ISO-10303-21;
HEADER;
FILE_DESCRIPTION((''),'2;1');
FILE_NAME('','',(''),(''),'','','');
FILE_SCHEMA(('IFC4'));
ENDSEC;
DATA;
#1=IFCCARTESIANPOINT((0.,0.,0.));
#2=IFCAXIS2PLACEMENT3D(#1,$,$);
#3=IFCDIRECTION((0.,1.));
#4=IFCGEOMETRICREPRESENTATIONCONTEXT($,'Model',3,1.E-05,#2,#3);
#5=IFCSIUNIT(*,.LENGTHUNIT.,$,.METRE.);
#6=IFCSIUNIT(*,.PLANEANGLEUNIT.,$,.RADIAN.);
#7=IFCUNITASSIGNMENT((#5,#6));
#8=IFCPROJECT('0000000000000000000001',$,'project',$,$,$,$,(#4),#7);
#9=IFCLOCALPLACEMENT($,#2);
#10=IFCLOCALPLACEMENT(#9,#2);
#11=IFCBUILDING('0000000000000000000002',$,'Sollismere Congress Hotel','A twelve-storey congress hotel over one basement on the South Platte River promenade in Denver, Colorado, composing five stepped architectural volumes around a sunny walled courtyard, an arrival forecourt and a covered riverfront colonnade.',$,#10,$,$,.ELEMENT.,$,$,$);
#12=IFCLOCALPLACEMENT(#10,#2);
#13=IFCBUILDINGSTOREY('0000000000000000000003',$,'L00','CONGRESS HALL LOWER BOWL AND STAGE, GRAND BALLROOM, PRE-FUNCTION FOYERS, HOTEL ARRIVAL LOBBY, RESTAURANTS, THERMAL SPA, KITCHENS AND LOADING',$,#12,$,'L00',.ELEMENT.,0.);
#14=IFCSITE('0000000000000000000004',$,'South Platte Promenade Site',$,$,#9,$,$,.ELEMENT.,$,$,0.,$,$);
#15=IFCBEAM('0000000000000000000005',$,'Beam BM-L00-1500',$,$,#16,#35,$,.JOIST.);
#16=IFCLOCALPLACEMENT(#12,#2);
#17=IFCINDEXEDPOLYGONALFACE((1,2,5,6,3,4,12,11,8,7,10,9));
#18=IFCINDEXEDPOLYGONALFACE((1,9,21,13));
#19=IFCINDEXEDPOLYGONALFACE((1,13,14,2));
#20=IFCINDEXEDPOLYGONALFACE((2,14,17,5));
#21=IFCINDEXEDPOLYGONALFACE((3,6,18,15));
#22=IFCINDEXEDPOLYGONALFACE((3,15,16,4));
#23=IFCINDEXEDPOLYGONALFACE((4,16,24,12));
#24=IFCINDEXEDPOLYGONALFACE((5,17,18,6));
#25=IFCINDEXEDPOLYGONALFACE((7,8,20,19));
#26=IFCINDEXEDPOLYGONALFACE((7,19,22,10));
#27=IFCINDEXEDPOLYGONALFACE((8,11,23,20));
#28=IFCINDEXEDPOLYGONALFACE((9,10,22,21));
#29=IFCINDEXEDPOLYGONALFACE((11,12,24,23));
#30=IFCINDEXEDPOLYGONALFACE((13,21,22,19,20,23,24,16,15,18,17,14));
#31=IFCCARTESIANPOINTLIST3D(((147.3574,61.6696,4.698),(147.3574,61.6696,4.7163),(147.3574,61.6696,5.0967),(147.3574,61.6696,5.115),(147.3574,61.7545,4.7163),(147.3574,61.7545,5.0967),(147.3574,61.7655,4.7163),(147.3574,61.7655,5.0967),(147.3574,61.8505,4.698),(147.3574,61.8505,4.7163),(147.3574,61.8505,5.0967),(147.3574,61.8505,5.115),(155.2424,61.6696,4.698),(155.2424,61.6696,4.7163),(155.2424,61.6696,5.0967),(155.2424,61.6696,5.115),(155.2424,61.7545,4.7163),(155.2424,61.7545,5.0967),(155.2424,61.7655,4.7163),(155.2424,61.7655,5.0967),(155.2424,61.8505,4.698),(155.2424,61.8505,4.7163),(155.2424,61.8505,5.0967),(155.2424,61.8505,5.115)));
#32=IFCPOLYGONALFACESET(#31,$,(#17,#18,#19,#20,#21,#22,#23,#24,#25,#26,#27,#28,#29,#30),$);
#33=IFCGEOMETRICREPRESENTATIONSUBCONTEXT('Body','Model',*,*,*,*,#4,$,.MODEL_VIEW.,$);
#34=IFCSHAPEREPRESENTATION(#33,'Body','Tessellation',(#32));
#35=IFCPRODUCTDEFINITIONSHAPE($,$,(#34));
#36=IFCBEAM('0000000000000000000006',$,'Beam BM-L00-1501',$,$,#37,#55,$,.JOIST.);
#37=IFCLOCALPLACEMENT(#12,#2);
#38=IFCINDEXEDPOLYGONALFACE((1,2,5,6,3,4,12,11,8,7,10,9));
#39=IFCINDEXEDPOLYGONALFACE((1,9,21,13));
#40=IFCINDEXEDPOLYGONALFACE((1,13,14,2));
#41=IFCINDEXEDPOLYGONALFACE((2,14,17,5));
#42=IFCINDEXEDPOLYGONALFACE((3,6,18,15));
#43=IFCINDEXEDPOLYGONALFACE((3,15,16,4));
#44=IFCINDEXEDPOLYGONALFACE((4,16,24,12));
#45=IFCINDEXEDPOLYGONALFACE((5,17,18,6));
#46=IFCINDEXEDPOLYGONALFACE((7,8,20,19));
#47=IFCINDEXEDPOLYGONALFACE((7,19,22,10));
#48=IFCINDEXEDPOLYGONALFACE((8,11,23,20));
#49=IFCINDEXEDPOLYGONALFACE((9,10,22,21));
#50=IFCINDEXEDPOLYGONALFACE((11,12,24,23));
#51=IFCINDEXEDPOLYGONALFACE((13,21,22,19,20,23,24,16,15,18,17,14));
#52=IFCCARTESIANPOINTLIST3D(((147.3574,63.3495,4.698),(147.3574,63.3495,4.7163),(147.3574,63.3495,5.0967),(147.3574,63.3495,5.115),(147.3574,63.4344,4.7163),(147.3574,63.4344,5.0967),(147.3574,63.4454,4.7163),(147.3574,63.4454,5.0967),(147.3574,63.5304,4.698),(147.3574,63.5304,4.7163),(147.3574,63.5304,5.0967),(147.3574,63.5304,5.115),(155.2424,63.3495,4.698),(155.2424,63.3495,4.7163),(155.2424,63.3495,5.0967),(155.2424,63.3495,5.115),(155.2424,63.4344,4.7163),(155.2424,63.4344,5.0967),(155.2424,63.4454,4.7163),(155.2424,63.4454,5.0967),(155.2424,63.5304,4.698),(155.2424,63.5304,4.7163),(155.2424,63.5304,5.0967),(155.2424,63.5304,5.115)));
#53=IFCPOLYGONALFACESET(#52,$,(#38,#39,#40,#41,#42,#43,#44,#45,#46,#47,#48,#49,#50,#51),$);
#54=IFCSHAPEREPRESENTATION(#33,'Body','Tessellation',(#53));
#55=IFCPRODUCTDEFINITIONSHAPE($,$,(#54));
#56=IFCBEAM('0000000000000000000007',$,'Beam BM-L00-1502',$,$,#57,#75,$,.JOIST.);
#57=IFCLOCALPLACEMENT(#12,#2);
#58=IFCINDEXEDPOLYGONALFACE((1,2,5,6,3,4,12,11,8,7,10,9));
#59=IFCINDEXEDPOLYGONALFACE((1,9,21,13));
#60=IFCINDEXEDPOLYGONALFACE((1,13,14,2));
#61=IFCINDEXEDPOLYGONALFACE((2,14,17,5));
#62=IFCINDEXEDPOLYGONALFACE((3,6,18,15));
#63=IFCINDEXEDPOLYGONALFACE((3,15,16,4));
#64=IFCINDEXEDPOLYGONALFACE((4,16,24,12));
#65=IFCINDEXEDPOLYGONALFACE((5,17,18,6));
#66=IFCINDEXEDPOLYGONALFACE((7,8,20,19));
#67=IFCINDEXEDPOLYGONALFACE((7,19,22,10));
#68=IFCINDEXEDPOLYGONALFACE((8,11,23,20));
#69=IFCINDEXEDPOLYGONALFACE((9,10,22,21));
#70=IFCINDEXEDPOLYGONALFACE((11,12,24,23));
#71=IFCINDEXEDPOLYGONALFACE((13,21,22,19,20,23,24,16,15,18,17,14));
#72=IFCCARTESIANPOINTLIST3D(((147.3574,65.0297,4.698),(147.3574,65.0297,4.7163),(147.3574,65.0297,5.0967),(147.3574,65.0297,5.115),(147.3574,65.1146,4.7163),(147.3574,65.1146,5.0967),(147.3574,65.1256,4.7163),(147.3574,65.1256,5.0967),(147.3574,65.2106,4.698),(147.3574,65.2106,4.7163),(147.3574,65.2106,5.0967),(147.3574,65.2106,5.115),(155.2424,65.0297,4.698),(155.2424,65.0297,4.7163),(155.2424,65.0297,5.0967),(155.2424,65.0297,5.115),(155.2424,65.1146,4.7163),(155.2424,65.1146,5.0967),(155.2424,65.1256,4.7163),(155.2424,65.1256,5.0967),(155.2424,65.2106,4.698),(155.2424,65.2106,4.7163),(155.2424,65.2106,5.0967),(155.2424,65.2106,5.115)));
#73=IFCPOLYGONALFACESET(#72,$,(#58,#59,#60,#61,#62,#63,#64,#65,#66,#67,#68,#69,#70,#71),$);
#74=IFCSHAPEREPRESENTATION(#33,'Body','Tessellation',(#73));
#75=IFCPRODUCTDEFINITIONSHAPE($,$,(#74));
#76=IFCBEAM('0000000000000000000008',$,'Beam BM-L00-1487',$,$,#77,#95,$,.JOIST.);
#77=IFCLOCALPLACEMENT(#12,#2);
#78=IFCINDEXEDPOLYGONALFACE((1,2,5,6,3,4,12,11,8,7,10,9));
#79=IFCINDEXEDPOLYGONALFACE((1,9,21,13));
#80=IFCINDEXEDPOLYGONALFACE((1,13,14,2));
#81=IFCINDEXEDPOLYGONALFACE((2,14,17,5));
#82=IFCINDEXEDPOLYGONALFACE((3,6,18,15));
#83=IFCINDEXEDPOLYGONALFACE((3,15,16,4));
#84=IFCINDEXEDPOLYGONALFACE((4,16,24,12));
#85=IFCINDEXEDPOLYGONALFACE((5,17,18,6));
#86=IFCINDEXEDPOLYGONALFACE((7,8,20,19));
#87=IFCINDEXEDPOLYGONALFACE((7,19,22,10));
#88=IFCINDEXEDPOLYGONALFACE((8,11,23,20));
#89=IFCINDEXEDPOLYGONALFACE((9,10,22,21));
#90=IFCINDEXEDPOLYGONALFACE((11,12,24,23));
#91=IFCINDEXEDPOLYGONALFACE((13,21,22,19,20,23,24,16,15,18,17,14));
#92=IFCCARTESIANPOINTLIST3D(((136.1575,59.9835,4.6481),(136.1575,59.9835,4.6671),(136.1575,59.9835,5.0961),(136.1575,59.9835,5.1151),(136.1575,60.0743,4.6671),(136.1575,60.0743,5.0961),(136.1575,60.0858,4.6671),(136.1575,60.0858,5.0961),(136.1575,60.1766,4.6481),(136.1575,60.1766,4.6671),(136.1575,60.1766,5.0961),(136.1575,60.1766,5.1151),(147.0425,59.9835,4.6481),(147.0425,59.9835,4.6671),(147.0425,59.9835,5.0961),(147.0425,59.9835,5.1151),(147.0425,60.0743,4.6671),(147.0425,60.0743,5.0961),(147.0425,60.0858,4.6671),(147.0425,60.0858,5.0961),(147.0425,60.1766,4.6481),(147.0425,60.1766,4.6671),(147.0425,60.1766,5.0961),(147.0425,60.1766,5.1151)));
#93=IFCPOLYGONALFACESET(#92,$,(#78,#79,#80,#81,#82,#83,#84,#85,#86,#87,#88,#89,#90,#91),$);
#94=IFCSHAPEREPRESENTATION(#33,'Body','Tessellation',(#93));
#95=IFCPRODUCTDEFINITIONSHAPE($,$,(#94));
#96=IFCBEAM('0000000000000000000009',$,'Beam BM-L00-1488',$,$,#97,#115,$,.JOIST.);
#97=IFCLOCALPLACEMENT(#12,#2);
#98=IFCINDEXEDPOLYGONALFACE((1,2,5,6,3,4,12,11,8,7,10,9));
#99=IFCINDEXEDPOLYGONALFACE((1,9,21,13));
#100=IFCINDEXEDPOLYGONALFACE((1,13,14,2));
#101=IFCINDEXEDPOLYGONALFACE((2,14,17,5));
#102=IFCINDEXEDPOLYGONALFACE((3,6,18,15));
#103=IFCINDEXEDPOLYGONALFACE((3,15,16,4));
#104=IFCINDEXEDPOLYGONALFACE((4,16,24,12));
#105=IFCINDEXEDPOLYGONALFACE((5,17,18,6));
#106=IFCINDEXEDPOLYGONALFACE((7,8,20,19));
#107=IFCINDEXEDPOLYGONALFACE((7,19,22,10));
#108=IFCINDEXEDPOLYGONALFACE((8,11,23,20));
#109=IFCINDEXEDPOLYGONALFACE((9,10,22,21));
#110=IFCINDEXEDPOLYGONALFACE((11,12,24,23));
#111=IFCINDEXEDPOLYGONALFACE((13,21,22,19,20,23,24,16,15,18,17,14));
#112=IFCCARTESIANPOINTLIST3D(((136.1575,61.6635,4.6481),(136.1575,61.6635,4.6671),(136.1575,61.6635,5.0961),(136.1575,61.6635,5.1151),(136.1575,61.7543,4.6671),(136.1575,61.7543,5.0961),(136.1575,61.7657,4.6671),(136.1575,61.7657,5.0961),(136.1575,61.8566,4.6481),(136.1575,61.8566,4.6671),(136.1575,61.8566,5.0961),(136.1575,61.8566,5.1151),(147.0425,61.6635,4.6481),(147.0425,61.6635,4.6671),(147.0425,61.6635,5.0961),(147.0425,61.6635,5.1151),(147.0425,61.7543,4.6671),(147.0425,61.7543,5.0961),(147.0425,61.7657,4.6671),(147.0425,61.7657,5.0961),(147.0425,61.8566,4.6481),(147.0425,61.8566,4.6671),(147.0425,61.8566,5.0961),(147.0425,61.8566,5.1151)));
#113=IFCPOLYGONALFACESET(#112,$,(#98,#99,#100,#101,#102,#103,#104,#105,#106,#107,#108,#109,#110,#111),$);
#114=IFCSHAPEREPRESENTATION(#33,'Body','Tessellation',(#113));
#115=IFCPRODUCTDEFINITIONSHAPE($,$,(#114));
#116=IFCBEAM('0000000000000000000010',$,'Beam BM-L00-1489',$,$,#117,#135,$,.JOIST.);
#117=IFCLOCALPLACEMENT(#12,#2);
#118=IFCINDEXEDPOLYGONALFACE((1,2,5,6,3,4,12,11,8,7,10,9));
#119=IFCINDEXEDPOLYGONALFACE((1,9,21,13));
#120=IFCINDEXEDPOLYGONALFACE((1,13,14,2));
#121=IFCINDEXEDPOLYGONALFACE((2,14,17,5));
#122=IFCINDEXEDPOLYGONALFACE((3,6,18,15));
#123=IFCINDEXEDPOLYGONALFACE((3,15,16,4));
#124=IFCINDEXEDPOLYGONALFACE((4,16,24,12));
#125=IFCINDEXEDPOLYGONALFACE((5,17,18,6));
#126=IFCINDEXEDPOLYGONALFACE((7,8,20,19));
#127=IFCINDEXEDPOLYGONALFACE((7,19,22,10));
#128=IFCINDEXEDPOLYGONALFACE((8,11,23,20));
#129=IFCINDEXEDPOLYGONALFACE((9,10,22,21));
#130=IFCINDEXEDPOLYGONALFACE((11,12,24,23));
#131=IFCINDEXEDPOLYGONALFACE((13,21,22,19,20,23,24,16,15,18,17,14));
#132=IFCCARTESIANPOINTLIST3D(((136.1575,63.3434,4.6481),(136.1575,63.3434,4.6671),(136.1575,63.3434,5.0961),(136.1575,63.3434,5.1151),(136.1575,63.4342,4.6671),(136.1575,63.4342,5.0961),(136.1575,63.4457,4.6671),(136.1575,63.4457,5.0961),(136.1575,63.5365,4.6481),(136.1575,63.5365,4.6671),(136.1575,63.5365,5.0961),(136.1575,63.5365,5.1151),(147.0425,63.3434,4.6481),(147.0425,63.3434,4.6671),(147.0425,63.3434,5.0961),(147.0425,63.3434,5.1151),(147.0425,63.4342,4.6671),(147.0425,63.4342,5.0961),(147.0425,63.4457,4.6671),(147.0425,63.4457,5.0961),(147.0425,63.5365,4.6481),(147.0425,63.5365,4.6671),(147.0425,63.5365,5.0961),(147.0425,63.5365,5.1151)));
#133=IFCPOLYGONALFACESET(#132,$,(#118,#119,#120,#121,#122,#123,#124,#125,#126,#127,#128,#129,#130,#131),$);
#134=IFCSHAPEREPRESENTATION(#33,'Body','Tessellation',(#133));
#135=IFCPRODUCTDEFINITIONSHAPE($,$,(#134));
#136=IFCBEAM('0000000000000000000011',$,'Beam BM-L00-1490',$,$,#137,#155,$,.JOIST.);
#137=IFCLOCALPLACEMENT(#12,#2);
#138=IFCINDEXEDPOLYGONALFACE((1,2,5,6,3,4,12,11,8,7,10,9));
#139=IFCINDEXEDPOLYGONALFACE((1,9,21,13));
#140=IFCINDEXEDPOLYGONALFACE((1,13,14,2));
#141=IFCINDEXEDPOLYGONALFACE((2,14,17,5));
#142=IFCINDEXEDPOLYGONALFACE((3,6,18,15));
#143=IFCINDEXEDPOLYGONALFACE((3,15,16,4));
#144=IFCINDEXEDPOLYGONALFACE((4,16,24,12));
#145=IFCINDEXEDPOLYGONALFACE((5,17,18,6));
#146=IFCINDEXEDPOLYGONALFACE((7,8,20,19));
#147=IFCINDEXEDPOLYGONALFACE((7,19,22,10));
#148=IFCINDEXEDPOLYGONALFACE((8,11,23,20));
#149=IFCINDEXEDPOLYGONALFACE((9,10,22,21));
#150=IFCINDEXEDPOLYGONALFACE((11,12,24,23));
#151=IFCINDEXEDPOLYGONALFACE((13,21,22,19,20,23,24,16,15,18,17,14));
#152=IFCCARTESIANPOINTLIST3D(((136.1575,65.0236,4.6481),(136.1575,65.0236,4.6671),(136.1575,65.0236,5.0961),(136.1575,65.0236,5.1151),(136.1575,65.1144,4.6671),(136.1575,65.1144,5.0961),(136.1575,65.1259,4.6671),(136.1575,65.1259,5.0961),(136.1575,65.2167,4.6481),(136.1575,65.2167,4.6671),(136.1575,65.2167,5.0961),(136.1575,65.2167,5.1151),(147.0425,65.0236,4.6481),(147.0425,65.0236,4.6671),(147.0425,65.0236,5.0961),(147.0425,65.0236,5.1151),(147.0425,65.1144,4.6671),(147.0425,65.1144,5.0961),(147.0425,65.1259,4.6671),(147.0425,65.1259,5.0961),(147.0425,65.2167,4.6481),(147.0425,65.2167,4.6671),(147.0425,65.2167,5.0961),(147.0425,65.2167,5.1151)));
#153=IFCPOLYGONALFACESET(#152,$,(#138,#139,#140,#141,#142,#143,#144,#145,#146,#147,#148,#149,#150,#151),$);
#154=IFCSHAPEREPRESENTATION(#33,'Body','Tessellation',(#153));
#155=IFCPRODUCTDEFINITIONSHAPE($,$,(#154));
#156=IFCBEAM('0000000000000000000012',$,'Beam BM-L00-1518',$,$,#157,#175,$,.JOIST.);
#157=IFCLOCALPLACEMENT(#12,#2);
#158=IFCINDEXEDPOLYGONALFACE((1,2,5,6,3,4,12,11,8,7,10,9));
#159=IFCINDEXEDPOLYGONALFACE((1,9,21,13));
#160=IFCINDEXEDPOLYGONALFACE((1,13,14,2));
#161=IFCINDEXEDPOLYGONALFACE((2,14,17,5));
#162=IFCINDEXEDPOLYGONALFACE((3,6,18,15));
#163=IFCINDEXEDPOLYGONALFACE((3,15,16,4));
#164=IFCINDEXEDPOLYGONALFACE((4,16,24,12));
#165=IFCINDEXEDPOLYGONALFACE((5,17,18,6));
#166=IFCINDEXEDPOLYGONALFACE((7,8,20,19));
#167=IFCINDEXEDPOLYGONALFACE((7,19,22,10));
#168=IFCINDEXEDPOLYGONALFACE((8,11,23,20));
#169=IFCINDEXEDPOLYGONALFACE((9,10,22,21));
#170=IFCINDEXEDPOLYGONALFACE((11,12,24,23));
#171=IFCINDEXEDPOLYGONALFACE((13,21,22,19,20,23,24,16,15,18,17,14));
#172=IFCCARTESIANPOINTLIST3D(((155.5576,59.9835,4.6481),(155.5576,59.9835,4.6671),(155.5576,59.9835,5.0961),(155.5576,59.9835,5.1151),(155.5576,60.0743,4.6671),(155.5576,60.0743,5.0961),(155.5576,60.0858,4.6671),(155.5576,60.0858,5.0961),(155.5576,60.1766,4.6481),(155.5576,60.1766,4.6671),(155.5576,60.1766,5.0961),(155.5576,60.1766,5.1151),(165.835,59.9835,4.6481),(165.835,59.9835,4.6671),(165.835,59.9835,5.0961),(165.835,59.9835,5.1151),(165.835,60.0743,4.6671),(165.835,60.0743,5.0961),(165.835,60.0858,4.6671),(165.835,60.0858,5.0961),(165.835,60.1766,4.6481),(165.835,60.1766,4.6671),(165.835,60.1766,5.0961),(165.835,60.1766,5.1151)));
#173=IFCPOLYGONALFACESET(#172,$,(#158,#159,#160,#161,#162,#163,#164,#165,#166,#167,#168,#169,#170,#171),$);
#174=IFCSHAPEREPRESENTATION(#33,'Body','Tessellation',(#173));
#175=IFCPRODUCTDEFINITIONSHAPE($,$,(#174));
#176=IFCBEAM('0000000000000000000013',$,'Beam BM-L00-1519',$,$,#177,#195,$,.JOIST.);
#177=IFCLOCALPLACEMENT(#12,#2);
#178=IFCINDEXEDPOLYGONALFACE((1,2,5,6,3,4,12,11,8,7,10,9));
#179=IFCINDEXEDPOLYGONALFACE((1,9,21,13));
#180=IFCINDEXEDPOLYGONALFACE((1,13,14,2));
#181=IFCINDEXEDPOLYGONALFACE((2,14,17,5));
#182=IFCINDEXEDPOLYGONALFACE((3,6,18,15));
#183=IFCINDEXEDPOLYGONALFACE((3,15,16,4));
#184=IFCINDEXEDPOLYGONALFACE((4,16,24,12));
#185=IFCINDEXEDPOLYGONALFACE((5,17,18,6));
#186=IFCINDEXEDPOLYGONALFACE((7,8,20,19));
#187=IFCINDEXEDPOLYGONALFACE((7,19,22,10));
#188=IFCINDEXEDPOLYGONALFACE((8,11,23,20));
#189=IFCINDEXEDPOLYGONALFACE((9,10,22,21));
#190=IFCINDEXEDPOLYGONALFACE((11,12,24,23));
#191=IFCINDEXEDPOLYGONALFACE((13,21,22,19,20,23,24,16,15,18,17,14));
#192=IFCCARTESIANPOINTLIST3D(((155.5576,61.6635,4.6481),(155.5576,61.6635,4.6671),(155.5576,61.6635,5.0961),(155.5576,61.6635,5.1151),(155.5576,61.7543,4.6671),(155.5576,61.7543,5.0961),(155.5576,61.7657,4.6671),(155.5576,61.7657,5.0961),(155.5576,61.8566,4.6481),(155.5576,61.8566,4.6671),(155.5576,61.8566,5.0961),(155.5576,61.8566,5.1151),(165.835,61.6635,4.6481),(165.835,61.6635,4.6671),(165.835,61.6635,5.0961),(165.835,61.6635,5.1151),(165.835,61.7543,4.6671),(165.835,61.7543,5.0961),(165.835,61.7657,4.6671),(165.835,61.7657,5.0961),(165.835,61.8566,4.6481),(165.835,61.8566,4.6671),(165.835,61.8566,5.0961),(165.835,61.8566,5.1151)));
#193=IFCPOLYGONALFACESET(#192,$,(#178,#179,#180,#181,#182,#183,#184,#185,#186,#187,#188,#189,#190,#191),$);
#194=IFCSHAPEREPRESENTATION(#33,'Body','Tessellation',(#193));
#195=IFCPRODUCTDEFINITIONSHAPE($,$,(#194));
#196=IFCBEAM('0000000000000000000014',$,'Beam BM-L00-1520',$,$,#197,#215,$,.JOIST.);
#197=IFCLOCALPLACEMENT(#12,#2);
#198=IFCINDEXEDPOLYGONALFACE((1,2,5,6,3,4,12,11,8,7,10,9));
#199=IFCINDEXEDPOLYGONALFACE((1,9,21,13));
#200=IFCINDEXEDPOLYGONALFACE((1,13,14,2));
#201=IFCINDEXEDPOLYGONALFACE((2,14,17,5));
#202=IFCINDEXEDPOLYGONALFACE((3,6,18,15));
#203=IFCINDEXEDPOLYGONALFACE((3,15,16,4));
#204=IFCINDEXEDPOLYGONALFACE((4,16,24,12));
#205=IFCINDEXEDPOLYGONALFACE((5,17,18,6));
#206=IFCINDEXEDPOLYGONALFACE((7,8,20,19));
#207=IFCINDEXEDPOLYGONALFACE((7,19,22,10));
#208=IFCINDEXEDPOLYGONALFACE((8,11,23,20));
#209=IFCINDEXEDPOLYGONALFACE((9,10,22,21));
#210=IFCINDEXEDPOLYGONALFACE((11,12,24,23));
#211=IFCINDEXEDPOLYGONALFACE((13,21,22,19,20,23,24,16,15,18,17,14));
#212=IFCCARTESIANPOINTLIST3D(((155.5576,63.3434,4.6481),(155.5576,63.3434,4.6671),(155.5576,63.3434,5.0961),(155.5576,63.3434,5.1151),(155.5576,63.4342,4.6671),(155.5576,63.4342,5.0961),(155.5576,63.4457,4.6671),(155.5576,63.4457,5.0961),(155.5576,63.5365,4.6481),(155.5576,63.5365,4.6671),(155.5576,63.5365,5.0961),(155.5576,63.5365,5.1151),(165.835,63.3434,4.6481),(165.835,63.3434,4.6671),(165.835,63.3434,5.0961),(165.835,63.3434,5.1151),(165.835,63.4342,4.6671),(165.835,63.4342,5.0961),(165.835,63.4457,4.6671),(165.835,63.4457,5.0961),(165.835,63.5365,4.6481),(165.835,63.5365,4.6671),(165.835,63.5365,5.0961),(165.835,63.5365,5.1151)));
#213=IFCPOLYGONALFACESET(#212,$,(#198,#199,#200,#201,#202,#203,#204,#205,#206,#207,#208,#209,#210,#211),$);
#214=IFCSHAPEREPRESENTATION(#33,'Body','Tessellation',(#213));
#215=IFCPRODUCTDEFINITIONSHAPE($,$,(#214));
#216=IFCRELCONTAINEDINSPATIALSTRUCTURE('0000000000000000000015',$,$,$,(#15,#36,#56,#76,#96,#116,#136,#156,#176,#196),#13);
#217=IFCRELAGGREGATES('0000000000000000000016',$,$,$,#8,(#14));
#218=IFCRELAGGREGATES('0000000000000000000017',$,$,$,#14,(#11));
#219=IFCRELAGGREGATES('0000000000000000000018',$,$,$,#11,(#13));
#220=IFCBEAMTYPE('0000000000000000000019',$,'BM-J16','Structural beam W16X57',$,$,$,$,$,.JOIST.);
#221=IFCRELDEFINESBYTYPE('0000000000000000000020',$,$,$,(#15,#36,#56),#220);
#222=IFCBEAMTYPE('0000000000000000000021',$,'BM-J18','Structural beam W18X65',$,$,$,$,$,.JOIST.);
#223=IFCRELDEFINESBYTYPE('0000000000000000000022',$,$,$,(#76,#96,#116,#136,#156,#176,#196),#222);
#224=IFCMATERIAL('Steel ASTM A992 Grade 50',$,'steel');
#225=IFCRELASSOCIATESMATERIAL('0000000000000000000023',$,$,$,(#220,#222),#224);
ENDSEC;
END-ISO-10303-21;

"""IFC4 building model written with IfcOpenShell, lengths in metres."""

from ifc_helpers import new_model, si_unit, direction, frame, origin, origin_2d, place, context, subcontext, project, spatial, i_section, extrude, material, material_profile, profile_set, type_object, element, save


model = new_model("IFC4")

# Units and contexts
model_context = context("Model", 3, precision=1e-05, world=origin(), true_north=direction((0.0, 1.0)))
body_context = subcontext(model_context, "Body", "Model", "MODEL_VIEW")
ifc_project = project(units=[si_unit("LENGTHUNIT", "METRE"), si_unit("PLANEANGLEUNIT", "RADIAN")], contexts=[model_context])

# Site, building, storey
site_placement = place(None, origin())
site = spatial("IfcSite", under=ifc_project, at=site_placement, Name="South Platte Promenade Site", CompositionType="ELEMENT", RefElevation=0.0)
building_placement = place(site_placement, origin())
building = spatial("IfcBuilding", under=site, at=building_placement, Name="Sollismere Congress Hotel", Description="A twelve-storey congress hotel over one basement on the South Platte River promenade in Denver, Colorado, composing five stepped architectural volumes around a sunny walled courtyard, an arrival forecourt and a covered riverfront colonnade.", CompositionType="ELEMENT")
storey_placement = place(building_placement, origin())
storey = spatial("IfcBuildingStorey", under=building, at=storey_placement, Name="L00", Description="CONGRESS HALL LOWER BOWL AND STAGE, GRAND BALLROOM, PRE-FUNCTION FOYERS, HOTEL ARRIVAL LOBBY, RESTAURANTS, THERMAL SPA, KITCHENS AND LOADING", LongName="L00", CompositionType="ELEMENT", Elevation=0.0)

# Shared definitions
ifc_material_1 = material(Name="Steel ASTM A992 Grade 50", Category="steel")

# Beams
ifc_material_profile_1 = material_profile(ifc_material_1, i_section(OverallWidth=0.1809, OverallDepth=0.417, WebThickness=0.011, FlangeThickness=0.0183, at=origin_2d()), Name="W16X57")
ifc_profile_set_1 = profile_set([ifc_material_profile_1], Name="Steel ASTM A992 Grade 50")
beam_type_1 = type_object("IfcBeamType", Name="BM-J16", Description="Structural beam W16X57", PredefinedType="JOIST", material=ifc_profile_set_1)
for number, where, z_axis, x_axis, name in (
    (1, (147.3574, 61.76, 4.9065), (1.0, 0.0, 0.0), (0.0, 1.0, 0.0), "Beam BM-L00-1500"),
    (2, (147.3574, 63.4399, 4.9065), (1.0, 0.0, 0.0), (0.0, 1.0, 0.0), "Beam BM-L00-1501"),
    (3, (147.3574, 65.1201, 4.9065), (1.0, 0.0, 0.0), (0.0, 1.0, 0.0), "Beam BM-L00-1502"),
):
    element("IfcBeam", number, at=place(storey_placement, frame(where, z_axis=z_axis, x_axis=x_axis)), inside=storey, type_object=beam_type_1, Name=name, PredefinedType="JOIST", context=body_context, shape_type="SweptSolid", body=[
        extrude(i_section(OverallWidth=0.1809, OverallDepth=0.417, WebThickness=0.011, FlangeThickness=0.0183, at=origin_2d()), origin(), (0.0, 0.0, 1.0), 7.885),
    ])
ifc_material_profile_2 = material_profile(ifc_material_1, i_section(OverallWidth=0.1931, OverallDepth=0.467, WebThickness=0.0115, FlangeThickness=0.019, at=origin_2d()), Name="W18X65")
ifc_profile_set_2 = profile_set([ifc_material_profile_2], Name="Steel ASTM A992 Grade 50")
beam_type_2 = type_object("IfcBeamType", Name="BM-J18", Description="Structural beam W18X65", PredefinedType="JOIST", material=ifc_profile_set_2)
for number, where, z_axis, x_axis, name in (
    (4, (136.1575, 60.0801, 4.8816), (1.0, 0.0, 0.0), (0.0, 1.0, 0.0), "Beam BM-L00-1487"),
    (5, (136.1575, 61.76, 4.8816), (1.0, 0.0, 0.0), (0.0, 1.0, 0.0), "Beam BM-L00-1488"),
    (6, (136.1575, 63.4399, 4.8816), (1.0, 0.0, 0.0), (0.0, 1.0, 0.0), "Beam BM-L00-1489"),
    (7, (136.1575, 65.1201, 4.8816), (1.0, 0.0, 0.0), (0.0, 1.0, 0.0), "Beam BM-L00-1490"),
):
    element("IfcBeam", number, at=place(storey_placement, frame(where, z_axis=z_axis, x_axis=x_axis)), inside=storey, type_object=beam_type_2, Name=name, PredefinedType="JOIST", context=body_context, shape_type="SweptSolid", body=[
        extrude(i_section(OverallWidth=0.1931, OverallDepth=0.467, WebThickness=0.0115, FlangeThickness=0.019, at=origin_2d()), origin(), (0.0, 0.0, 1.0), 10.885),
    ])
for number, where, z_axis, x_axis, name in (
    (8, (155.5576, 60.0801, 4.8816), (1.0, 0.0, 0.0), (0.0, 1.0, 0.0), "Beam BM-L00-1518"),
    (9, (155.5576, 61.76, 4.8816), (1.0, 0.0, 0.0), (0.0, 1.0, 0.0), "Beam BM-L00-1519"),
    (10, (155.5576, 63.4399, 4.8816), (1.0, 0.0, 0.0), (0.0, 1.0, 0.0), "Beam BM-L00-1520"),
):
    element("IfcBeam", number, at=place(storey_placement, frame(where, z_axis=z_axis, x_axis=x_axis)), inside=storey, type_object=beam_type_2, Name=name, PredefinedType="JOIST", context=body_context, shape_type="SweptSolid", body=[
        extrude(i_section(OverallWidth=0.1931, OverallDepth=0.467, WebThickness=0.0115, FlangeThickness=0.019, at=origin_2d()), origin(), (0.0, 0.0, 1.0), 10.2773),
    ])

save(model, "model.ifc")
